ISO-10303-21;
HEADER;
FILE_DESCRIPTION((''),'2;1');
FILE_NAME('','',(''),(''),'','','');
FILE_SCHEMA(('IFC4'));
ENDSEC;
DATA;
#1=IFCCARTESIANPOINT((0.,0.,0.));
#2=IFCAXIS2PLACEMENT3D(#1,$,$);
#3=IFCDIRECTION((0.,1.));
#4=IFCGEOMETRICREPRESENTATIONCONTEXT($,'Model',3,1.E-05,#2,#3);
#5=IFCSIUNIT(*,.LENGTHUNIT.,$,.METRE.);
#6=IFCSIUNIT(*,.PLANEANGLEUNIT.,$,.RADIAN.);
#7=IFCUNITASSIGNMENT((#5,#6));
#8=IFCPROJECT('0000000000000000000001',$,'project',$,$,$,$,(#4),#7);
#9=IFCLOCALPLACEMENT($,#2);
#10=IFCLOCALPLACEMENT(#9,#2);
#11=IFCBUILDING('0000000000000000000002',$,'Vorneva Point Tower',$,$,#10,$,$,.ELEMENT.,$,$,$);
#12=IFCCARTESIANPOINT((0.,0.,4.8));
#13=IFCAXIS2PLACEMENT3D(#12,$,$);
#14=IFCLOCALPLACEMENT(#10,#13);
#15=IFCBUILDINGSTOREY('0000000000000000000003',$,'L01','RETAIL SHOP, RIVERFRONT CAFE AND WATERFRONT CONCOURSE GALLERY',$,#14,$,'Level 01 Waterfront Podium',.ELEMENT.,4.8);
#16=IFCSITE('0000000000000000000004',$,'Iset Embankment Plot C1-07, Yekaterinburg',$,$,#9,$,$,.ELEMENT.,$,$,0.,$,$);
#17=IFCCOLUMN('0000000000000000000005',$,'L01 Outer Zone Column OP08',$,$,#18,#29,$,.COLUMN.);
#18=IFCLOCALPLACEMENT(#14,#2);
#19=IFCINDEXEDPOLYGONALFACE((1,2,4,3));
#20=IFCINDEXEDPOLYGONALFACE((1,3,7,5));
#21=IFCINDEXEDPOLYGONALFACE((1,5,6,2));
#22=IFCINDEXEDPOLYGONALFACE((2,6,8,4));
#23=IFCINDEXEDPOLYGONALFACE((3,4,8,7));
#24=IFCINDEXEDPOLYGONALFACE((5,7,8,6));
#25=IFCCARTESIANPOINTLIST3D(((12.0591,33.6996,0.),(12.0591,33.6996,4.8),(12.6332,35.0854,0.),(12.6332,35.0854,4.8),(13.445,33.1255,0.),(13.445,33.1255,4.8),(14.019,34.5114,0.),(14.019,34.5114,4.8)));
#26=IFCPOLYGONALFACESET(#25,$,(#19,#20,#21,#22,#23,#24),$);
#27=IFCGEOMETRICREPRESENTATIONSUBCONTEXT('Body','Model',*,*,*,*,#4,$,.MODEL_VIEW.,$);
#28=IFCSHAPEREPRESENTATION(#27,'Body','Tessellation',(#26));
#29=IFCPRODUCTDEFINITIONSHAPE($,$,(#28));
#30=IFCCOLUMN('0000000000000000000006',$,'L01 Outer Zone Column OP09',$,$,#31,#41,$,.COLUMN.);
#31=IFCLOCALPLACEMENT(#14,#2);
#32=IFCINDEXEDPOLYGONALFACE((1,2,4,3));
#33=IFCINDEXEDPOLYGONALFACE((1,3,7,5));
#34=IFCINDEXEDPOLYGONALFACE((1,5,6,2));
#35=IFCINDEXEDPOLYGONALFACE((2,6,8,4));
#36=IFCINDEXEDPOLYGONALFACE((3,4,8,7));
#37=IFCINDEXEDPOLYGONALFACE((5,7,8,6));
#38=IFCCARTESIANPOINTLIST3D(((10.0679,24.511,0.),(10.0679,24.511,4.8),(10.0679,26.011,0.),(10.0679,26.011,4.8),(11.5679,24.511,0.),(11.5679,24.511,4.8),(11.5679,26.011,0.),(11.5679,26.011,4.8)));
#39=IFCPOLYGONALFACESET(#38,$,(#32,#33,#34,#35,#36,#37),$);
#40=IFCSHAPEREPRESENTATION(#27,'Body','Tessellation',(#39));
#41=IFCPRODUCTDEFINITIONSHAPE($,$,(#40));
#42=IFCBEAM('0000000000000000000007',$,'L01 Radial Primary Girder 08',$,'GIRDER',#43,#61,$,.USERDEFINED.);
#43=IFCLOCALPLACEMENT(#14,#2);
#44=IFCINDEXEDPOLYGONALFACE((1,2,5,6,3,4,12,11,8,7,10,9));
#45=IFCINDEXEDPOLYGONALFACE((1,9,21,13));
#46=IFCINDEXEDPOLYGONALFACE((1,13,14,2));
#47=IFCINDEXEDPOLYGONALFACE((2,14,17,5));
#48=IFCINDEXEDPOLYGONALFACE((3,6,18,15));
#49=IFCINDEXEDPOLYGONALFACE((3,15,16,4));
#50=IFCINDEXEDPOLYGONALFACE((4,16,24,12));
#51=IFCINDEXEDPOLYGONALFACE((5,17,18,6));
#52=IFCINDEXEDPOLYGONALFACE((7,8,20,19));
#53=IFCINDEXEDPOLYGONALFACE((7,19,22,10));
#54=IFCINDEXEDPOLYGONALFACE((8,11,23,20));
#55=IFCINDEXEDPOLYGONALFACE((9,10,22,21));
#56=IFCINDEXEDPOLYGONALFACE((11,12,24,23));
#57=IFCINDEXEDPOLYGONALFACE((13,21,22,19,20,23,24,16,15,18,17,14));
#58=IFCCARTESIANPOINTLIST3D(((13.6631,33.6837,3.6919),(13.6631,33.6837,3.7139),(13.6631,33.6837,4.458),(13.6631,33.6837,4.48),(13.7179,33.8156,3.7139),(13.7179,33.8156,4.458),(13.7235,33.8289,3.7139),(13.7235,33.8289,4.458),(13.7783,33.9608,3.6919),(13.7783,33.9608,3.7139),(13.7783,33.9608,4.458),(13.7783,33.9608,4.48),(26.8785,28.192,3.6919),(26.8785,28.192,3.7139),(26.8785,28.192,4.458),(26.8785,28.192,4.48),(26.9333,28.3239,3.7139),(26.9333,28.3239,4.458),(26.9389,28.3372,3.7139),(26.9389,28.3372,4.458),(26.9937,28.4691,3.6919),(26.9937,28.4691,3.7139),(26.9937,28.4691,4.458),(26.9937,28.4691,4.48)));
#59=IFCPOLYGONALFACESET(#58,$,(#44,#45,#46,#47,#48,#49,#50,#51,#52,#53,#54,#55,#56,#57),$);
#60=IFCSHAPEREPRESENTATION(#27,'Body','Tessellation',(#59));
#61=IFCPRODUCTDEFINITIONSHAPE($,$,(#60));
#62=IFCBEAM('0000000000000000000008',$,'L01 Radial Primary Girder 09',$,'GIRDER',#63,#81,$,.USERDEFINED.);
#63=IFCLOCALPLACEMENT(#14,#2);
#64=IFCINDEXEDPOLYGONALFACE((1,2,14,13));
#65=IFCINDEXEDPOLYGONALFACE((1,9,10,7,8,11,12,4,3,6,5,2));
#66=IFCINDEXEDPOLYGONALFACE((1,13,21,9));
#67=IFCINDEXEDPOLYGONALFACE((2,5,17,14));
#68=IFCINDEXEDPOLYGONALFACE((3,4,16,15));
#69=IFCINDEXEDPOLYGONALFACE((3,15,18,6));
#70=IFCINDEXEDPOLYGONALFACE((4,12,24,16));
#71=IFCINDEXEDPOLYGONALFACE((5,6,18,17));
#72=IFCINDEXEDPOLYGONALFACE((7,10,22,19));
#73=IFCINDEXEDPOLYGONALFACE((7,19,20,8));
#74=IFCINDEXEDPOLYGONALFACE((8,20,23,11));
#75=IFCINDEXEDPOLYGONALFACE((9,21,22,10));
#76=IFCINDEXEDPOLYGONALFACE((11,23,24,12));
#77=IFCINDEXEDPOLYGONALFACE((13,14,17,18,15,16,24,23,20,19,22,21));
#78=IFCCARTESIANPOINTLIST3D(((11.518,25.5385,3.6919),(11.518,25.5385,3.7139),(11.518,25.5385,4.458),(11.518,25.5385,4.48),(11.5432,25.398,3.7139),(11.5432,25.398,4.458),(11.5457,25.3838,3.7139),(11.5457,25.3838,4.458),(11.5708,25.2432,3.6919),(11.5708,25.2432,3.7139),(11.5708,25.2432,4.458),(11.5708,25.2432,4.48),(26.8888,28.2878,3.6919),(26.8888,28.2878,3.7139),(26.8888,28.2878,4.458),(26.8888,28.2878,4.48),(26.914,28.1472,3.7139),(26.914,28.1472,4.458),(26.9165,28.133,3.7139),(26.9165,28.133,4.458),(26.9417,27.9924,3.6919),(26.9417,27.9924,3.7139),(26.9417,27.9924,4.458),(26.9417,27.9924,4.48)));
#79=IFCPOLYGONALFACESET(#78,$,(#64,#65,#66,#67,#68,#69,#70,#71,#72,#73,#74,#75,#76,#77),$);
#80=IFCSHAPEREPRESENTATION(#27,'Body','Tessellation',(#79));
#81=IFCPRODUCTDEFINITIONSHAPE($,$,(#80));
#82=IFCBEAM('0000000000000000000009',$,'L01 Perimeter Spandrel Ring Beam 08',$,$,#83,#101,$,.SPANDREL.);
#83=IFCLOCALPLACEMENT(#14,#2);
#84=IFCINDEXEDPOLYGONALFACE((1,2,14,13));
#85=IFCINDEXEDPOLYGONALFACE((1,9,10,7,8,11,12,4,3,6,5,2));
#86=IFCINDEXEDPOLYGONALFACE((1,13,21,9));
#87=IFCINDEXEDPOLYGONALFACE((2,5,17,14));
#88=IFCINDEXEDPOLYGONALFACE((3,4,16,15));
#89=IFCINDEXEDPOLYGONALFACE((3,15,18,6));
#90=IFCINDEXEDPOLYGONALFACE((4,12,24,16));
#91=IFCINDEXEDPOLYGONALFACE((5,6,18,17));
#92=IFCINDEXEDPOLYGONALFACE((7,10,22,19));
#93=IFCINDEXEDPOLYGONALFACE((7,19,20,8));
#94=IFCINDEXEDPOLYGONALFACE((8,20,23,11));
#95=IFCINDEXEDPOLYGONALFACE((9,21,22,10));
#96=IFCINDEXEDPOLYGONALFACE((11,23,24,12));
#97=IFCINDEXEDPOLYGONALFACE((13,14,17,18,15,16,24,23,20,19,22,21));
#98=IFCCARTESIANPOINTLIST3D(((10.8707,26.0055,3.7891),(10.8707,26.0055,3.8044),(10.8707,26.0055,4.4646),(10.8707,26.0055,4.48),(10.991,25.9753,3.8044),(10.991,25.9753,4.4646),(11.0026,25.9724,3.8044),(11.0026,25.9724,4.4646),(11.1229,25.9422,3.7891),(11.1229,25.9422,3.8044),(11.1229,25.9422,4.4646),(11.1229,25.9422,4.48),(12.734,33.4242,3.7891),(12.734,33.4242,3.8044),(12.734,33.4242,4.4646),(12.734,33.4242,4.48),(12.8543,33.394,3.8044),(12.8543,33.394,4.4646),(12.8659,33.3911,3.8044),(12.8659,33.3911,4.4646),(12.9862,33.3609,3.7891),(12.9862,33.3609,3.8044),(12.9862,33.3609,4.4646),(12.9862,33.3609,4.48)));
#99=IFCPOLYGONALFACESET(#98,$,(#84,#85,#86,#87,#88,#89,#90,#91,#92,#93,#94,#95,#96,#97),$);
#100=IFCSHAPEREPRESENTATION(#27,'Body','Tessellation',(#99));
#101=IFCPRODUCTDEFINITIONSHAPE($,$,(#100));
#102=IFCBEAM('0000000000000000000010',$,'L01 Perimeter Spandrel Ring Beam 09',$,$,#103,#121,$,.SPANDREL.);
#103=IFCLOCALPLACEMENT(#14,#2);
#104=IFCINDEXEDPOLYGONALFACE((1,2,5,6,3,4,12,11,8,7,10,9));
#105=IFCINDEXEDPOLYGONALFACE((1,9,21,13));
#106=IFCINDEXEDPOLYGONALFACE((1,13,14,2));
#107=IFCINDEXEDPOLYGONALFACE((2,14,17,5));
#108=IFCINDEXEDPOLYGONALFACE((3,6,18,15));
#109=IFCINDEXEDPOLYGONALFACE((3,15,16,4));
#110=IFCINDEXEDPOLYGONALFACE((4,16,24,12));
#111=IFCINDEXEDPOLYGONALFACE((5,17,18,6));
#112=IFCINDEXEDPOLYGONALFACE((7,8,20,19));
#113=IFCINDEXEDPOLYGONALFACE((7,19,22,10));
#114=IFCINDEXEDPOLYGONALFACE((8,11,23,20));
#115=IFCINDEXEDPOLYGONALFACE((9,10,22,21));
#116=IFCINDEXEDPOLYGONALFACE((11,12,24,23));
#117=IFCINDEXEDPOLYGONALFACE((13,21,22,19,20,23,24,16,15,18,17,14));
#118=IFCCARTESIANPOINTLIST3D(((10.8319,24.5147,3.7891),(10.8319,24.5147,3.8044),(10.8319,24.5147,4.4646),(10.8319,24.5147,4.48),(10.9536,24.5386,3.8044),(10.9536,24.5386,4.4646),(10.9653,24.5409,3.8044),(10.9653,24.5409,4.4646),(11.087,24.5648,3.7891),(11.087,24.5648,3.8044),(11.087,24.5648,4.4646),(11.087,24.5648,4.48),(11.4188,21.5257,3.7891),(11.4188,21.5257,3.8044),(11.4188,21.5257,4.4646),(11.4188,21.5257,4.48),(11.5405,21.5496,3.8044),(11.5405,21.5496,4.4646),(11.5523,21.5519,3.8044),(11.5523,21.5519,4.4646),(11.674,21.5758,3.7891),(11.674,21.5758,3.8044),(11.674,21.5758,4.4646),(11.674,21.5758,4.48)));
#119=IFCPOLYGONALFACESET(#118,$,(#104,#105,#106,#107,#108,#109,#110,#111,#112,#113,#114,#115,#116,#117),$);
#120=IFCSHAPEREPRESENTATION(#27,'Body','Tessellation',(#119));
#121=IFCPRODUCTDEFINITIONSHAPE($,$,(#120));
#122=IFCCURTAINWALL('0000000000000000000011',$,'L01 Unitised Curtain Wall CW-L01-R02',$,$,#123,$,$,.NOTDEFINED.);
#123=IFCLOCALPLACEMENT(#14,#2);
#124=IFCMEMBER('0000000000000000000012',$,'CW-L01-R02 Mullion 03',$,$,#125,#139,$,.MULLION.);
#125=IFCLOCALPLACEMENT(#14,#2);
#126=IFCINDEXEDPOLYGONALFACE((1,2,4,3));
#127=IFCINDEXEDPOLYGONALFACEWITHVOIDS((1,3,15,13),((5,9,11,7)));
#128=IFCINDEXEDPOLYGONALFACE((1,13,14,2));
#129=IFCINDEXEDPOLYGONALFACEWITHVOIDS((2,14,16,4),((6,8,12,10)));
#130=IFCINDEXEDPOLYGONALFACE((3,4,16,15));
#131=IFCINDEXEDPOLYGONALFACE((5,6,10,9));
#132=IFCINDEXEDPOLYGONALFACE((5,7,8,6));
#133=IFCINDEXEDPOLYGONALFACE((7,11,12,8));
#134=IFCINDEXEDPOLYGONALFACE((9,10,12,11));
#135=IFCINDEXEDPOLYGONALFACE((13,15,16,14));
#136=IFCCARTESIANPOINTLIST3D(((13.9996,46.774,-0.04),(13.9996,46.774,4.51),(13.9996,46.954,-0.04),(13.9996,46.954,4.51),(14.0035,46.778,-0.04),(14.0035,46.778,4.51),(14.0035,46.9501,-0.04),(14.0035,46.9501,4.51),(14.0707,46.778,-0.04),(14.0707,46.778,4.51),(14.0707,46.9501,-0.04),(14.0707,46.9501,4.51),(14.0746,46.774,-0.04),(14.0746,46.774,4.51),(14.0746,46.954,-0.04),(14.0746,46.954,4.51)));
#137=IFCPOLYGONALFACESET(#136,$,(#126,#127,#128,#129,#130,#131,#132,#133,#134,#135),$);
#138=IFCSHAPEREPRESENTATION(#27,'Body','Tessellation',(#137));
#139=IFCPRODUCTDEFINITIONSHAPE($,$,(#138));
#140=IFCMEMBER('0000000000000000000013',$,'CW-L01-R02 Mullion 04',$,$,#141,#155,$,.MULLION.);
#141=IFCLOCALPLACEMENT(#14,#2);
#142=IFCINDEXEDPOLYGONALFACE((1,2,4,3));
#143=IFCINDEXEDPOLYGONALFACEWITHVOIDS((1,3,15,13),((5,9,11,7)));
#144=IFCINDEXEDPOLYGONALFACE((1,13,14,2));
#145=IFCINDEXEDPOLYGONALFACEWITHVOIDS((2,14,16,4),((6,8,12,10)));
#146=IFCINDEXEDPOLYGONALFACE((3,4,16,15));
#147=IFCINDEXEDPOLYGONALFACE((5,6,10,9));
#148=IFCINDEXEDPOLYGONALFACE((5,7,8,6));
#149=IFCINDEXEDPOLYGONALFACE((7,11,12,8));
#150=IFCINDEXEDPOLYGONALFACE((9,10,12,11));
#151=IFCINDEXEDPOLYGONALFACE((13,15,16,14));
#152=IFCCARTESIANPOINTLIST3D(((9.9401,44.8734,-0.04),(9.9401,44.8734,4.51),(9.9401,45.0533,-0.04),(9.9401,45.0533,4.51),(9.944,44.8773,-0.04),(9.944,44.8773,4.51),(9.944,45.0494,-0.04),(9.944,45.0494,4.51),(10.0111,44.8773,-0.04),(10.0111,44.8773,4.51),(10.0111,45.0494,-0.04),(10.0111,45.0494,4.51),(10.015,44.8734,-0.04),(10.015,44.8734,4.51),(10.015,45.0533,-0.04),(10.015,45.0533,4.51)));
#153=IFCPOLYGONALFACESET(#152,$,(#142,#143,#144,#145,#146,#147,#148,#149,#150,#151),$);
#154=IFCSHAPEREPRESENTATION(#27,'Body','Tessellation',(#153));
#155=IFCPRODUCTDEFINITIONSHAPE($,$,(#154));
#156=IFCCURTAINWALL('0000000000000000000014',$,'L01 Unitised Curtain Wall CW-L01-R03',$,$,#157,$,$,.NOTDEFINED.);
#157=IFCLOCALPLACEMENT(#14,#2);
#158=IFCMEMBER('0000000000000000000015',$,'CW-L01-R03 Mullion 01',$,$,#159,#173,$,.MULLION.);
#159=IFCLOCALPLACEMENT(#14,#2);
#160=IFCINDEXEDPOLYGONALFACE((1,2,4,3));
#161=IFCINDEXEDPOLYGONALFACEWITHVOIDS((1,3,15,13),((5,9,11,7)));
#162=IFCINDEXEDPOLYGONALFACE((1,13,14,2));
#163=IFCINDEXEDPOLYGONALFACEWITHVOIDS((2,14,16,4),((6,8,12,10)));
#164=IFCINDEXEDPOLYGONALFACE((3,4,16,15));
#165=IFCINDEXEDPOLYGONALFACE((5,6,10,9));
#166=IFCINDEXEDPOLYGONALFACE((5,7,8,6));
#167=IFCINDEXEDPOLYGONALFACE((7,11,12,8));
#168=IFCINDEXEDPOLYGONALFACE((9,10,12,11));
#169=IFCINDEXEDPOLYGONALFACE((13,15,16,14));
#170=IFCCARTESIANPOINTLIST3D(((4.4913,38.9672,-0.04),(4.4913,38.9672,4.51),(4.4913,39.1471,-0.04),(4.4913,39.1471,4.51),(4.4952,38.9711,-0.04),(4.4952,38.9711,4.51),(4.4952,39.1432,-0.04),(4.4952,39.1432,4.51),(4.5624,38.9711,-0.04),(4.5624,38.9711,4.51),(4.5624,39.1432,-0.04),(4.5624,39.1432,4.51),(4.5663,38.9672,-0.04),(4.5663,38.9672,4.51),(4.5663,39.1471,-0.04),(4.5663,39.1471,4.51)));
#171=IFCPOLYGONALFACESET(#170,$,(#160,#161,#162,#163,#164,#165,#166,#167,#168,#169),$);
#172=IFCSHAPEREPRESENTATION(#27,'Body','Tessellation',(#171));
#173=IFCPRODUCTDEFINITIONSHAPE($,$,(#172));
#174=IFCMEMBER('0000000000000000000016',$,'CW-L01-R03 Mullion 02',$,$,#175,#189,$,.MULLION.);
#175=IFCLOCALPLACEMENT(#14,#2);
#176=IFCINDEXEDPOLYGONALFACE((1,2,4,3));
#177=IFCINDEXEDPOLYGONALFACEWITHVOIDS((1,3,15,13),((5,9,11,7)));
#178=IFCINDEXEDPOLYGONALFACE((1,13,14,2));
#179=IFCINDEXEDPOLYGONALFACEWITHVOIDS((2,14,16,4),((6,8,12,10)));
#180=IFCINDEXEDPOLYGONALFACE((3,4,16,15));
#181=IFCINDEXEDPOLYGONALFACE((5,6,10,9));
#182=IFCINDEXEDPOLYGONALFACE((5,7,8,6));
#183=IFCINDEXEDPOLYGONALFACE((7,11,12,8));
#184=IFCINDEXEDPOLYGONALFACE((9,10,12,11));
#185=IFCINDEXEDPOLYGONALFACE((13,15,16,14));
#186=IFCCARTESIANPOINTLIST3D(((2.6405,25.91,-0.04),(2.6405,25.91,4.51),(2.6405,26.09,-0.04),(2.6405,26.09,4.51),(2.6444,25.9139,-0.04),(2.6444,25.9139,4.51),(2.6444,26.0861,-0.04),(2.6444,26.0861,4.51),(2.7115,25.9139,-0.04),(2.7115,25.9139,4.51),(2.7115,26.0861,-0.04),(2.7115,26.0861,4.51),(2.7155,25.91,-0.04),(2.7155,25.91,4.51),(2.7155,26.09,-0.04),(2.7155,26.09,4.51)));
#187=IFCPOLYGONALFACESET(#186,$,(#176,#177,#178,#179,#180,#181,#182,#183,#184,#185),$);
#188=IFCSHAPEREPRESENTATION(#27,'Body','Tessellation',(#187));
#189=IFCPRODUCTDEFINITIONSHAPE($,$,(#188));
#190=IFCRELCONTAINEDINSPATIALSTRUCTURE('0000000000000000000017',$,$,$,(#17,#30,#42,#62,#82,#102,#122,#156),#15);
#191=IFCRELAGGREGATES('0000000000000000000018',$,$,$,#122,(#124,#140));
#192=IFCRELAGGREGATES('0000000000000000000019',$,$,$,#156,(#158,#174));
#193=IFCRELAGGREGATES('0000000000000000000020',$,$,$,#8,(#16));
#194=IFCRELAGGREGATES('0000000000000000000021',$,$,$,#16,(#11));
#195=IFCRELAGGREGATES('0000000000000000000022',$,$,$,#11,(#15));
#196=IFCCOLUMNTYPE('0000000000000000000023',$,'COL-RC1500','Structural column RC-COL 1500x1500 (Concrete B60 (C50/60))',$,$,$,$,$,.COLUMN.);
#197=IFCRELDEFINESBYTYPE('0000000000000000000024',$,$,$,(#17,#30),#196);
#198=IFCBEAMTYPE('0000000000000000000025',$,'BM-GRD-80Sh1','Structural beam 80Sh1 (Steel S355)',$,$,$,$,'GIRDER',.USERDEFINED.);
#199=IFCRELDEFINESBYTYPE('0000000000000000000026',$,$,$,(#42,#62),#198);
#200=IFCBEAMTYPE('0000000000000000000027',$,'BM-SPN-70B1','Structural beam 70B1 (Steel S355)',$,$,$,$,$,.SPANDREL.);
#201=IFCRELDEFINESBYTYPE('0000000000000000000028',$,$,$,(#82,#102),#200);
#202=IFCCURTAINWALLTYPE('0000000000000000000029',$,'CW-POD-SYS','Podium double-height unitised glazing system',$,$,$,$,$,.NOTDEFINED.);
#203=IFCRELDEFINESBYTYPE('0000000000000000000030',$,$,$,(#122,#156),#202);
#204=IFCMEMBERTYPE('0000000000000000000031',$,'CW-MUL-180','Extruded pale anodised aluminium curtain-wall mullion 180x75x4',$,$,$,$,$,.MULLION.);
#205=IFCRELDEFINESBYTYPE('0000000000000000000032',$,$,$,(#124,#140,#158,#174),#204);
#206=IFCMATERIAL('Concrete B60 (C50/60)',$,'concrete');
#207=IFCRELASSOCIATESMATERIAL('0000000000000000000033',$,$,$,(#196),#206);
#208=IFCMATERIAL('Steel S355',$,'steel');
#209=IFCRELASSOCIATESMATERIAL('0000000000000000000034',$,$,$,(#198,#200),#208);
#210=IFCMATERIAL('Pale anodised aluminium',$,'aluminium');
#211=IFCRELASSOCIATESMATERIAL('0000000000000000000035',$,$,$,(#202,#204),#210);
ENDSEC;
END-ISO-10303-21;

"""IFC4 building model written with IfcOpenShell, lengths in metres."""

from ifc_helpers import new_model, si_unit, direction, frame, origin, origin_2d, place, context, subcontext, project, spatial, rectangle, hollow_rectangle, i_section, extrude, material, material_profile, profile_set, type_object, element, aggregate, save


model = new_model("IFC4")

# Units and contexts
model_context = context("Model", 3, precision=1e-05, world=origin(), true_north=direction((0.0, 1.0)))
body_context = subcontext(model_context, "Body", "Model", "MODEL_VIEW")
ifc_project = project(units=[si_unit("LENGTHUNIT", "METRE"), si_unit("PLANEANGLEUNIT", "RADIAN")], contexts=[model_context])

# Site, building, storey
site_placement = place(None, origin())
site = spatial("IfcSite", under=ifc_project, at=site_placement, Name="Iset Embankment Plot C1-07, Yekaterinburg", CompositionType="ELEMENT", RefElevation=0.0)
building_placement = place(site_placement, origin())
building = spatial("IfcBuilding", under=site, at=building_placement, Name="Vorneva Point Tower", CompositionType="ELEMENT")
storey_placement = place(building_placement, frame((0.0, 0.0, 4.8)))
storey = spatial("IfcBuildingStorey", under=building, at=storey_placement, Name="L01", Description="RETAIL SHOP, RIVERFRONT CAFE AND WATERFRONT CONCOURSE GALLERY", LongName="Level 01 Waterfront Podium", CompositionType="ELEMENT", Elevation=4.8)

# Columns
ifc_material_1 = material(Name="Concrete B60 (C50/60)", Category="concrete")
ifc_material_profile_1 = material_profile(ifc_material_1, rectangle(XDim=1.5, YDim=1.5, at=origin_2d()), Name="RC-COL 1500x1500")
ifc_profile_set_1 = profile_set([ifc_material_profile_1], Name="Concrete B60 (C50/60)")
column_type = type_object("IfcColumnType", Name="COL-RC1500", Description="Structural column RC-COL 1500x1500 (Concrete B60 (C50/60))", PredefinedType="COLUMN", material=ifc_profile_set_1)
for number, where, z_axis, x_axis, name in (
    (1, (13.0391, 34.1055, 0.0), (0.0, 0.0, 1.0), (-0.92388, 0.382683, 0.0), "L01 Outer Zone Column OP08"),
    (2, (10.8179, 25.261, 0.0), (0.0, 0.0, 1.0), (-1.0, 0.0, 0.0), "L01 Outer Zone Column OP09"),
):
    element("IfcColumn", number, at=place(storey_placement, frame(where, z_axis=z_axis, x_axis=x_axis)), inside=storey, type_object=column_type, Name=name, PredefinedType="COLUMN", context=body_context, shape_type="SweptSolid", body=[
        extrude(rectangle(XDim=1.5, YDim=1.5, at=origin_2d()), origin(), (0.0, 0.0, 1.0), 4.8),
    ])

# Beams
ifc_material_2 = material(Name="Steel S355", Category="steel")
ifc_material_profile_2 = material_profile(ifc_material_2, i_section(OverallWidth=0.3, OverallDepth=0.7881, WebThickness=0.0144, FlangeThickness=0.022, at=origin_2d()), Name="80Sh1")
ifc_profile_set_2 = profile_set([ifc_material_profile_2], Name="Steel S355")
beam_type_1 = type_object("IfcBeamType", Name="BM-GRD-80Sh1", Description="Structural beam 80Sh1 (Steel S355)", ElementType="GIRDER", PredefinedType="USERDEFINED", material=ifc_profile_set_2)
beam_1_placement = place(storey_placement, frame((13.7207, 33.8223, 4.0859), z_axis=(0.923441, -0.383741, 0.0), x_axis=(0.383741, 0.923441, 0.0)))
element("IfcBeam", 3, at=beam_1_placement, inside=storey, type_object=beam_type_1, Name="L01 Radial Primary Girder 08", ObjectType="GIRDER", PredefinedType="USERDEFINED", context=body_context, shape_type="SweptSolid", body=[
    extrude(i_section(OverallWidth=0.3, OverallDepth=0.7881, WebThickness=0.0144, FlangeThickness=0.022, at=origin_2d()), origin(), (0.0, 0.0, 1.0), 14.311),
])
beam_2_placement = place(storey_placement, frame((11.5444, 25.3909, 4.0859), z_axis=(0.984378, 0.176068, 0.0), x_axis=(-0.176068, 0.984378, 0.0)))
element("IfcBeam", 4, at=beam_2_placement, inside=storey, type_object=beam_type_1, Name="L01 Radial Primary Girder 09", ObjectType="GIRDER", PredefinedType="USERDEFINED", context=body_context, shape_type="SweptSolid", body=[
    extrude(i_section(OverallWidth=0.3, OverallDepth=0.7881, WebThickness=0.0144, FlangeThickness=0.022, at=origin_2d()), origin(), (0.0, 0.0, 1.0), 15.6147),
])
ifc_material_profile_3 = material_profile(ifc_material_2, i_section(OverallWidth=0.26, OverallDepth=0.6909, WebThickness=0.012, FlangeThickness=0.0154, at=origin_2d()), Name="70B1")
ifc_profile_set_3 = profile_set([ifc_material_profile_3], Name="Steel S355")
beam_type_2 = type_object("IfcBeamType", Name="BM-SPN-70B1", Description="Structural beam 70B1 (Steel S355)", PredefinedType="SPANDREL", material=ifc_profile_set_3)
beam_3_placement = place(storey_placement, frame((12.8601, 33.3926, 4.1345), z_axis=(-0.243594, -0.969877, 0.0), x_axis=(0.969877, -0.243594, 0.0)))
element("IfcBeam", 5, at=beam_3_placement, inside=storey, type_object=beam_type_2, Name="L01 Perimeter Spandrel Ring Beam 08", PredefinedType="SPANDREL", context=body_context, shape_type="SweptSolid", body=[
    extrude(i_section(OverallWidth=0.26, OverallDepth=0.6909, WebThickness=0.012, FlangeThickness=0.0154, at=origin_2d()), origin(), (0.0, 0.0, 1.0), 7.6492),
])
beam_4_placement = place(storey_placement, frame((10.9595, 24.5398, 4.1345), z_axis=(0.192678, -0.981262, 0.0), x_axis=(0.981262, 0.192678, 0.0)))
element("IfcBeam", 6, at=beam_4_placement, inside=storey, type_object=beam_type_2, Name="L01 Perimeter Spandrel Ring Beam 09", PredefinedType="SPANDREL", context=body_context, shape_type="SweptSolid", body=[
    extrude(i_section(OverallWidth=0.26, OverallDepth=0.6909, WebThickness=0.012, FlangeThickness=0.0154, at=origin_2d()), origin(), (0.0, 0.0, 1.0), 3.0461),
])

# Curtain walls, members
ifc_material_3 = material(Name="Pale anodised aluminium", Category="aluminium")
curtain_wall_type = type_object("IfcCurtainWallType", Name="CW-POD-SYS", Description="Podium double-height unitised glazing system", PredefinedType="NOTDEFINED", material=ifc_material_3)
curtain_wall_1_placement = place(storey_placement, origin())
curtain_wall_1 = element("IfcCurtainWall", 7, at=curtain_wall_1_placement, inside=storey, type_object=curtain_wall_type, Name="L01 Unitised Curtain Wall CW-L01-R02", PredefinedType="NOTDEFINED")
ifc_material_profile_4 = material_profile(ifc_material_3, hollow_rectangle(XDim=0.075, YDim=0.1799, WallThickness=0.0039, at=origin_2d()), Name="AL-MUL 180x75x4")
ifc_profile_set_4 = profile_set([ifc_material_profile_4], Name="Pale anodised aluminium")
member_type_1 = type_object("IfcMemberType", Name="CW-MUL-180", Description="Extruded pale anodised aluminium curtain-wall mullion 180x75x4", PredefinedType="MULLION", material=ifc_profile_set_4)
member_1_placement = place(storey_placement, frame((14.0371, 46.864, -0.04), z_axis=(0.0, 0.0, 1.0), x_axis=(1.0, 0.0, 0.0)))
member_1 = element("IfcMember", 8, at=member_1_placement, type_object=member_type_1, Name="CW-L01-R02 Mullion 03", PredefinedType="MULLION", context=body_context, shape_type="SweptSolid", body=[
    extrude(hollow_rectangle(XDim=0.075, YDim=0.1799, WallThickness=0.0039, at=origin_2d()), origin(), (0.0, 0.0, 1.0), 4.55),
])
member_2_placement = place(storey_placement, frame((9.9775, 44.9634, -0.04), z_axis=(0.0, 0.0, 1.0), x_axis=(1.0, 0.0, 0.0)))
member_2 = element("IfcMember", 9, at=member_2_placement, type_object=member_type_1, Name="CW-L01-R02 Mullion 04", PredefinedType="MULLION", context=body_context, shape_type="SweptSolid", body=[
    extrude(hollow_rectangle(XDim=0.075, YDim=0.1799, WallThickness=0.0039, at=origin_2d()), origin(), (0.0, 0.0, 1.0), 4.55),
])
curtain_wall_2_placement = place(storey_placement, origin())
curtain_wall_2 = element("IfcCurtainWall", 10, at=curtain_wall_2_placement, inside=storey, type_object=curtain_wall_type, Name="L01 Unitised Curtain Wall CW-L01-R03", PredefinedType="NOTDEFINED")
member_3_placement = place(storey_placement, frame((4.5288, 39.0571, -0.04), z_axis=(0.0, 0.0, 1.0), x_axis=(1.0, 0.0, 0.0)))
member_3 = element("IfcMember", 11, at=member_3_placement, type_object=member_type_1, Name="CW-L01-R03 Mullion 01", PredefinedType="MULLION", context=body_context, shape_type="SweptSolid", body=[
    extrude(hollow_rectangle(XDim=0.075, YDim=0.1799, WallThickness=0.0039, at=origin_2d()), origin(), (0.0, 0.0, 1.0), 4.55),
])
member_4_placement = place(storey_placement, frame((2.678, 26.0, -0.04), z_axis=(0.0, 0.0, 1.0), x_axis=(1.0, 0.0, 0.0)))
member_4 = element("IfcMember", 12, at=member_4_placement, type_object=member_type_1, Name="CW-L01-R03 Mullion 02", PredefinedType="MULLION", context=body_context, shape_type="SweptSolid", body=[
    extrude(hollow_rectangle(XDim=0.075, YDim=0.1799, WallThickness=0.0039, at=origin_2d()), origin(), (0.0, 0.0, 1.0), 4.55),
])

aggregate(curtain_wall_1, [member_1, member_2])
aggregate(curtain_wall_2, [member_3, member_4])

save(model, "model.ifc")
